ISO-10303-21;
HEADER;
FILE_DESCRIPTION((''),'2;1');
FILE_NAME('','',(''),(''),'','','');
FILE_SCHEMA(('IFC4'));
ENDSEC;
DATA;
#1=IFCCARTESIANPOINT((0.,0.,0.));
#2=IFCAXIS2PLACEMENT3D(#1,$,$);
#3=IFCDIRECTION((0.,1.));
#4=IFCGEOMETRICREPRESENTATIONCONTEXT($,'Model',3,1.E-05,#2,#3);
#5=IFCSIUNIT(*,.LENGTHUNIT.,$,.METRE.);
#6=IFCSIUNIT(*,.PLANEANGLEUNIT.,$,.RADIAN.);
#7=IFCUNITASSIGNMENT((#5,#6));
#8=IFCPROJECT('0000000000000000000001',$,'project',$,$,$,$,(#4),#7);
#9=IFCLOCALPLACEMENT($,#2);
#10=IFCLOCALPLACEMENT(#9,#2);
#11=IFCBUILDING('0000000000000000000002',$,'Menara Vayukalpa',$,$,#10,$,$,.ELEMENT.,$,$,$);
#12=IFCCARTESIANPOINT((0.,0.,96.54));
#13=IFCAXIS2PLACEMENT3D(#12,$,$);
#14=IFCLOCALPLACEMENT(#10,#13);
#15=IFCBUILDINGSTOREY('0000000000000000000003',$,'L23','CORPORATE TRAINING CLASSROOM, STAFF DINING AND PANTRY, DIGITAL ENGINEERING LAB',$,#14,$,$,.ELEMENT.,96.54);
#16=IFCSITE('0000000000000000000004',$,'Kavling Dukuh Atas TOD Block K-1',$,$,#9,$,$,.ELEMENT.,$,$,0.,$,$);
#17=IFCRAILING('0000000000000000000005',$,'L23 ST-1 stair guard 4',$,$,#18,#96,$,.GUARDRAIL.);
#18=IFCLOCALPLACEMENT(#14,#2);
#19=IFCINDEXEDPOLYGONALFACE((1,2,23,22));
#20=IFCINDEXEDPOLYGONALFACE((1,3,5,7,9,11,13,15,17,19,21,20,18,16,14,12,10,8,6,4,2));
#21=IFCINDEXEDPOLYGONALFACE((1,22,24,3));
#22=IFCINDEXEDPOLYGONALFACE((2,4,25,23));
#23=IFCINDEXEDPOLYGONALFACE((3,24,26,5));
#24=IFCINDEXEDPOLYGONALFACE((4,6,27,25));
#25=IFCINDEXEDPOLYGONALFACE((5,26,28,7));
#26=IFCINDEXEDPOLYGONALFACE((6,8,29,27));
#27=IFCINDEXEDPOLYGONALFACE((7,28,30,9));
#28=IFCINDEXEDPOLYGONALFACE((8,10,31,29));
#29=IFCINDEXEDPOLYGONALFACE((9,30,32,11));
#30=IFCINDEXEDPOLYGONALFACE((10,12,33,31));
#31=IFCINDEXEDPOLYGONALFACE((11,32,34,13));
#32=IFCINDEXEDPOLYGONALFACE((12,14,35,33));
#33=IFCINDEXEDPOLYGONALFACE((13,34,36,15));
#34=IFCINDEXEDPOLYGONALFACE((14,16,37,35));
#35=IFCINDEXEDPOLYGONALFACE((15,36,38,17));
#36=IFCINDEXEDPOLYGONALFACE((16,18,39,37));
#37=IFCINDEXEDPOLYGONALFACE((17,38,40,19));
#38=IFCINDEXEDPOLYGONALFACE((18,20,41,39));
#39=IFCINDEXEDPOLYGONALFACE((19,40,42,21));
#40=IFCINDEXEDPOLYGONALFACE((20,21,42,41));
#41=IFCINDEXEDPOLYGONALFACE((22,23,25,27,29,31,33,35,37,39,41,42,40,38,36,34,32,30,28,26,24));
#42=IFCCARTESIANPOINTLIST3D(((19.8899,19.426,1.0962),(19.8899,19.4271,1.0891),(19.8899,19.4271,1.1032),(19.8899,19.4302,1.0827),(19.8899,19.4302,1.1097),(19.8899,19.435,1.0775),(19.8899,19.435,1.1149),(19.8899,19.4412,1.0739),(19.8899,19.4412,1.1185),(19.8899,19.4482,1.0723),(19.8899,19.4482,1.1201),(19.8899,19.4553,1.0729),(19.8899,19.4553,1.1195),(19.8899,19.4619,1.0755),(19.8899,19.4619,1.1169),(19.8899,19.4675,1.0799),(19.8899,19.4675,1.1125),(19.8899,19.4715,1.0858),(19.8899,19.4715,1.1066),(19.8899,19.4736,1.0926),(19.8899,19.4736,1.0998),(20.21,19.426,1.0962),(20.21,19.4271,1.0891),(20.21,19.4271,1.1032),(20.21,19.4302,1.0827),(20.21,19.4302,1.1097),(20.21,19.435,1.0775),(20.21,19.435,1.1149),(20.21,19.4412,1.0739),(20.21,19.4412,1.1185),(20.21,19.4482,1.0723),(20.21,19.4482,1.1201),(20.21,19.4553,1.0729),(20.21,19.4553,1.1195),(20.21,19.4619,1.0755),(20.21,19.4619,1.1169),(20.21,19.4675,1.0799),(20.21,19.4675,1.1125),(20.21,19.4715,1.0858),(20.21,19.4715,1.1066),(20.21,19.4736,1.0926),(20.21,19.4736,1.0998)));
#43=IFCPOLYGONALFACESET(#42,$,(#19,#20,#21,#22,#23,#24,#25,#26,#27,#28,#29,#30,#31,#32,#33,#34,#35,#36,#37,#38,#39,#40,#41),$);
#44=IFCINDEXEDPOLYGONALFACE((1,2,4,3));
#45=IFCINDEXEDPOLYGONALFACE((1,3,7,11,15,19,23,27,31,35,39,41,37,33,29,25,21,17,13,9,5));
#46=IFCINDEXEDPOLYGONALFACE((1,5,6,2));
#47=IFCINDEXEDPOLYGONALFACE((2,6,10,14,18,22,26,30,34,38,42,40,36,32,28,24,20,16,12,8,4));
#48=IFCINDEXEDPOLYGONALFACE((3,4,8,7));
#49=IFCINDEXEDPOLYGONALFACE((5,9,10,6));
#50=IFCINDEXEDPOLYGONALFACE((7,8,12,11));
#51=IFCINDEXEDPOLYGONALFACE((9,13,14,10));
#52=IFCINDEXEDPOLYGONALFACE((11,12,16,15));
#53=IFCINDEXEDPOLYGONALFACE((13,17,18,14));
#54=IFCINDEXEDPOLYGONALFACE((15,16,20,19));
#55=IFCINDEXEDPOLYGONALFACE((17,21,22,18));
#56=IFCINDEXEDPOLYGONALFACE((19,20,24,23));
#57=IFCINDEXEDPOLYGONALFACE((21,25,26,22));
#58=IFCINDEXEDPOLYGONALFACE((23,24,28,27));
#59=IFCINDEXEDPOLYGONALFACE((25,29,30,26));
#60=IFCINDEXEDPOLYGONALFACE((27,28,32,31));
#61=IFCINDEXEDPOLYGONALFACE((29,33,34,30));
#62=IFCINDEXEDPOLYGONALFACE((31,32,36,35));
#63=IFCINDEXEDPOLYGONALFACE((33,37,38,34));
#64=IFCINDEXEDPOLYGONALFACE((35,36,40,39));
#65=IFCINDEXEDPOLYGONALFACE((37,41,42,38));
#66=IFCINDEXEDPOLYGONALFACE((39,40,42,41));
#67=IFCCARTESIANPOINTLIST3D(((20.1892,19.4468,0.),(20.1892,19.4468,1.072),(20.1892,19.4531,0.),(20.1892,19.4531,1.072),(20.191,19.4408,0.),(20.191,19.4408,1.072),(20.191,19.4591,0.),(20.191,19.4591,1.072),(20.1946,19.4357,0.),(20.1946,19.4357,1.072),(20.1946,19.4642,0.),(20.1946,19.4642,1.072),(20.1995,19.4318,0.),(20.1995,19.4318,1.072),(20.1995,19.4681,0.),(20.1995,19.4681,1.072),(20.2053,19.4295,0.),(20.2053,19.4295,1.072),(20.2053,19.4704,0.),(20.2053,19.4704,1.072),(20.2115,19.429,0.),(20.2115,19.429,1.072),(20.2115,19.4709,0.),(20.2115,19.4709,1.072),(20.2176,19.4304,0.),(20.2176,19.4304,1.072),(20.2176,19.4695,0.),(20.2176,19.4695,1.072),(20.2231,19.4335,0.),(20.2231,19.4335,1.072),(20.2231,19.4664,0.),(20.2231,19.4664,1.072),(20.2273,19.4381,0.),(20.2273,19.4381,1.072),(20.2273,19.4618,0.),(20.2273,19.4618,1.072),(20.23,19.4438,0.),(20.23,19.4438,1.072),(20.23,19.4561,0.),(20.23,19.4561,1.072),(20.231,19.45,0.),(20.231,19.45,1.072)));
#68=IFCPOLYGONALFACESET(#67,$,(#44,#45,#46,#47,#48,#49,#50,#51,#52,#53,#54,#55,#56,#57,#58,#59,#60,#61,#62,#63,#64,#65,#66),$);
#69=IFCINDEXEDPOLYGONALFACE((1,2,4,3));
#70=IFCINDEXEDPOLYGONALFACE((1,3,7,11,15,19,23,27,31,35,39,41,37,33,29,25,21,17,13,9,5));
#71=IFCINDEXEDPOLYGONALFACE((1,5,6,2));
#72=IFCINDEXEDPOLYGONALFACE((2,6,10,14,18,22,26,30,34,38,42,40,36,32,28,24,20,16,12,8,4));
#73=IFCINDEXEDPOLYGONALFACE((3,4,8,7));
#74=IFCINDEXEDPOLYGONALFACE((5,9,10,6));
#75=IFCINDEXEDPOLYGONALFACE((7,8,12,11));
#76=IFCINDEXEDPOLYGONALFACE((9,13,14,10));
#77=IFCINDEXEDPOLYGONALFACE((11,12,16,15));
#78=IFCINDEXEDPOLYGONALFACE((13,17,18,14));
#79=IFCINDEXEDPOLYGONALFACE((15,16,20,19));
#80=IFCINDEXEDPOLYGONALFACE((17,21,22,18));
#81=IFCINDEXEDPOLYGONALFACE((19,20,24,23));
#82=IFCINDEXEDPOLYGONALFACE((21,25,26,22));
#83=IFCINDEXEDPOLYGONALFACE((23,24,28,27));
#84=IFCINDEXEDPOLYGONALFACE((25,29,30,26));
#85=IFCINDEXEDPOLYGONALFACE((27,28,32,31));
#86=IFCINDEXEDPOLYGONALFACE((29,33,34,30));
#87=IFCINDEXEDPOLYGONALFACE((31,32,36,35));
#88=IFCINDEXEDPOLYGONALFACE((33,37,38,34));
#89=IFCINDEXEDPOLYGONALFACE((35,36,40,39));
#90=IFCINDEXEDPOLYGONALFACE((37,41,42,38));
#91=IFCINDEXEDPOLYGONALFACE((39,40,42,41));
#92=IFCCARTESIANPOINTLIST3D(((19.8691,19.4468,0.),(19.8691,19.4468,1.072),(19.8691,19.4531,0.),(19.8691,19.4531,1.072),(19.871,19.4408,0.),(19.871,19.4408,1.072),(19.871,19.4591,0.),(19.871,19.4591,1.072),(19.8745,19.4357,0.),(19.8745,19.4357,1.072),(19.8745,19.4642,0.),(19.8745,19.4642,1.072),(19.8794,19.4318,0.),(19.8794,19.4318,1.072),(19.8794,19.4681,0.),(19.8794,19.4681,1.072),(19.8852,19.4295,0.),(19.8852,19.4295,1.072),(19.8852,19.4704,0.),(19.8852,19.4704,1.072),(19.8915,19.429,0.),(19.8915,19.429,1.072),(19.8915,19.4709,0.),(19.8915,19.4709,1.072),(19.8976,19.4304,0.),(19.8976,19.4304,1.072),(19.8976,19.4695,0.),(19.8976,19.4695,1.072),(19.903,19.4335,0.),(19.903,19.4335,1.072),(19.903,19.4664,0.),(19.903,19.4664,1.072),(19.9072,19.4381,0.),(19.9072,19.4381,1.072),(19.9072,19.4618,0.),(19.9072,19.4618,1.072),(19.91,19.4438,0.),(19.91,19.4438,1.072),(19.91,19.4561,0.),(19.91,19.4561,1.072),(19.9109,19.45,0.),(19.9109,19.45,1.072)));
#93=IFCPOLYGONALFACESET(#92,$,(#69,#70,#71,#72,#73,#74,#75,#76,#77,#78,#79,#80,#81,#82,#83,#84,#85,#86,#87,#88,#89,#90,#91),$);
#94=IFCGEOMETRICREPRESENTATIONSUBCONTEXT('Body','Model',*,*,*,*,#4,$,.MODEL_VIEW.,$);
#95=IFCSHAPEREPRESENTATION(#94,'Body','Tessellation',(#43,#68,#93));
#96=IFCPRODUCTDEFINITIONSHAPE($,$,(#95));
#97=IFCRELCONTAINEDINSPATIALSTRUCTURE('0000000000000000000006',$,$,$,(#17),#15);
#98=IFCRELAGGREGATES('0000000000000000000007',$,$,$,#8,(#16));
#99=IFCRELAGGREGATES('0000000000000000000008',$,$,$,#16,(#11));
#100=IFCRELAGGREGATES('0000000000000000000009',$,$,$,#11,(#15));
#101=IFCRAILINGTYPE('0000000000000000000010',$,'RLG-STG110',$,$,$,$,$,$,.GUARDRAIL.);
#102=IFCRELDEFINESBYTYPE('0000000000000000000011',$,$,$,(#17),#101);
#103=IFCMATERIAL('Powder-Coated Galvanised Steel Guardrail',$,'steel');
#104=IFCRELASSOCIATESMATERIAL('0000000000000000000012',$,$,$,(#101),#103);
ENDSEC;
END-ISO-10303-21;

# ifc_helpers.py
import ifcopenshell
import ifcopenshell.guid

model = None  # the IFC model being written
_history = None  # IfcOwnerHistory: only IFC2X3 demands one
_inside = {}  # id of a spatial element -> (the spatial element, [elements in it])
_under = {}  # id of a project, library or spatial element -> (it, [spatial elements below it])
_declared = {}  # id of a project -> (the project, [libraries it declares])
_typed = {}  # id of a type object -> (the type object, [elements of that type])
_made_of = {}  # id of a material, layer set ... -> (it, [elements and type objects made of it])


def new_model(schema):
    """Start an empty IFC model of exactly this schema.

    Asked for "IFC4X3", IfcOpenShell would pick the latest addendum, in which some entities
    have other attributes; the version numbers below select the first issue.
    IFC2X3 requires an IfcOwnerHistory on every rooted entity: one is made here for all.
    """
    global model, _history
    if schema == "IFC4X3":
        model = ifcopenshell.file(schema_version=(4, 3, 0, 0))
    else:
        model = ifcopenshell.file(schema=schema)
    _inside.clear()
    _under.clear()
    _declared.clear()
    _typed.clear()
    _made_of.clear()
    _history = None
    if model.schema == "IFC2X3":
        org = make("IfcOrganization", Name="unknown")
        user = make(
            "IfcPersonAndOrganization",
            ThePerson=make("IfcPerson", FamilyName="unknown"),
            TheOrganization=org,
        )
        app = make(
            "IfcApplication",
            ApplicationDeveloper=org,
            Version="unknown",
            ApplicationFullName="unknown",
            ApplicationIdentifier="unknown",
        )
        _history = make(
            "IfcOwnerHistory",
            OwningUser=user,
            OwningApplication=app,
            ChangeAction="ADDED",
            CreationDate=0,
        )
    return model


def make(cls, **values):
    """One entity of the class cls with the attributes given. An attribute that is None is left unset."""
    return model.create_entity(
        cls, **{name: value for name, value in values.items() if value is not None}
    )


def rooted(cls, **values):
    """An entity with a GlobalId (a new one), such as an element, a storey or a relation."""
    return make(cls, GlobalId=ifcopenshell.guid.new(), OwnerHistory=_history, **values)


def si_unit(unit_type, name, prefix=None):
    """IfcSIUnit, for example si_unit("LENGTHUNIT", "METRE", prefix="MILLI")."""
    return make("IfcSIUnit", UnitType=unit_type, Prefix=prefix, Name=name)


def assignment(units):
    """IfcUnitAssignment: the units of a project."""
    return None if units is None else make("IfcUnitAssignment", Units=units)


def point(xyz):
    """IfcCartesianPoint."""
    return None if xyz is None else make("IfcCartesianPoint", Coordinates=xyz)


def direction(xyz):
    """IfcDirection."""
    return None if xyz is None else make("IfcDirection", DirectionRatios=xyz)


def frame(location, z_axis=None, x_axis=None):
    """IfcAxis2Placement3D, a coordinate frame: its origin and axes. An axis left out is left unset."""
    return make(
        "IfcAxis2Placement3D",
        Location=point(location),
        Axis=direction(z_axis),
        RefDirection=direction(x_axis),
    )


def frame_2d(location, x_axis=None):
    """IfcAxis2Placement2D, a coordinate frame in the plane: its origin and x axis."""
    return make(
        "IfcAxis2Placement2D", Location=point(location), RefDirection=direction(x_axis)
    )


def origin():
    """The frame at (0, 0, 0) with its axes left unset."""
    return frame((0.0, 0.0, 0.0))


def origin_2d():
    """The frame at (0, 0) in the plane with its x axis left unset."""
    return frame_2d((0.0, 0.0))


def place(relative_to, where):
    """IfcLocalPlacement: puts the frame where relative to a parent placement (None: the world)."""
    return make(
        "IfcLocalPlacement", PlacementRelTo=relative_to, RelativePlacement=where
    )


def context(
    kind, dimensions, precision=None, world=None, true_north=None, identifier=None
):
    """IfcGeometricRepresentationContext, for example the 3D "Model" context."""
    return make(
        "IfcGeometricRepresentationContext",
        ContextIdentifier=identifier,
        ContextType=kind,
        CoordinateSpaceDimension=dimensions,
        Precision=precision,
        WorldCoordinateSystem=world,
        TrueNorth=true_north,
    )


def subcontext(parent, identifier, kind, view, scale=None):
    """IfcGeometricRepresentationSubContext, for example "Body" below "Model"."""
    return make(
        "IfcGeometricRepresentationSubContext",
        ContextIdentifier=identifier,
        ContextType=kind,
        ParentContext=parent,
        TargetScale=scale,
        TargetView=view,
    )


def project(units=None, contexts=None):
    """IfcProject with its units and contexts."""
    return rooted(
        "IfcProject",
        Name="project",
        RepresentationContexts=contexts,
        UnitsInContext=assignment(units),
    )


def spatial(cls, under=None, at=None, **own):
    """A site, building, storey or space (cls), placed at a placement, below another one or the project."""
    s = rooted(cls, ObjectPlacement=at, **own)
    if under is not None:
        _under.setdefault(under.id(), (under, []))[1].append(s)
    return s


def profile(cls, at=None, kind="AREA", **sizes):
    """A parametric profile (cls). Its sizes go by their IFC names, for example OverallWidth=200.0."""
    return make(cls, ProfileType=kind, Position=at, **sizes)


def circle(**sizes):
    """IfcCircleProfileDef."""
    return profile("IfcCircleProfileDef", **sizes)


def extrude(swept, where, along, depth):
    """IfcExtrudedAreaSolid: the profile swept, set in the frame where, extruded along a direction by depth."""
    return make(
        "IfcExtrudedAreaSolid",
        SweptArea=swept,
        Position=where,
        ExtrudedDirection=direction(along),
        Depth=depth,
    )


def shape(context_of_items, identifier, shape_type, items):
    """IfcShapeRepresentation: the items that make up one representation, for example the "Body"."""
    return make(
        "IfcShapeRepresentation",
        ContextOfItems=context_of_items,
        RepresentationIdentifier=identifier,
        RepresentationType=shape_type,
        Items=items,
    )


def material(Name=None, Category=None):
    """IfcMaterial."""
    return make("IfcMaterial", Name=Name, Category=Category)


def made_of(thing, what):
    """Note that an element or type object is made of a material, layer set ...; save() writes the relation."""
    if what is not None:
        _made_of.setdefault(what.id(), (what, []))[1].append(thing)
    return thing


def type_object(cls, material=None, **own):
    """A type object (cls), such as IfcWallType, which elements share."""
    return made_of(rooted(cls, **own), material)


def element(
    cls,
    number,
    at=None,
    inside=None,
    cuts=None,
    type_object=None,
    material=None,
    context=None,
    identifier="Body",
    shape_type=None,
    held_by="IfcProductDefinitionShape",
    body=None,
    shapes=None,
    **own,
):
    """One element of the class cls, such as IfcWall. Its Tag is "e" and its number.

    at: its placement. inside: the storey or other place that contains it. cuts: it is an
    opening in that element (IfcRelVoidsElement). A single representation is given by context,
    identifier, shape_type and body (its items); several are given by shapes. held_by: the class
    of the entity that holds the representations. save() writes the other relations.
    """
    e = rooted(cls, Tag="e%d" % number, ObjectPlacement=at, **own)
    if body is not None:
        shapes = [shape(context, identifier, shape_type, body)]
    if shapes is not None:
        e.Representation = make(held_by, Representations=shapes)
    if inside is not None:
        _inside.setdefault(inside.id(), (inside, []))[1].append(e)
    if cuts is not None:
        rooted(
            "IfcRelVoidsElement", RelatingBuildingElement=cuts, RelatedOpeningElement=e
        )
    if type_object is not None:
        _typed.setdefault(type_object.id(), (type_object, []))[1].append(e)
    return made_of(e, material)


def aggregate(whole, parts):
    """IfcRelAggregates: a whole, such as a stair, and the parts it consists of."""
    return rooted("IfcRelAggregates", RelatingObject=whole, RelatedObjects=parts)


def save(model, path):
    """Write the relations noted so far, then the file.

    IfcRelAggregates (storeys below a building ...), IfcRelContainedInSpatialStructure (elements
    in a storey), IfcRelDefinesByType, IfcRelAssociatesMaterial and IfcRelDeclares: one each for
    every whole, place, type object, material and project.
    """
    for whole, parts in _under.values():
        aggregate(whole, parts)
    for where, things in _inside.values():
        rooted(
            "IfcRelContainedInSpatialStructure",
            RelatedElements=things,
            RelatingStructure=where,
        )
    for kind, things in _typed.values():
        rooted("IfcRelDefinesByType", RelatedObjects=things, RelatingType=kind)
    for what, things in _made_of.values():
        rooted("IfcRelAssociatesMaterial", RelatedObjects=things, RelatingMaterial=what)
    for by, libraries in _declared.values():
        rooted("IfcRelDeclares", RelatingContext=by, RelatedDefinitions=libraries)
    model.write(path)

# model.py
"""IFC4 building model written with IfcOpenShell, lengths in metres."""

from ifc_helpers import new_model, si_unit, direction, frame, origin, origin_2d, place, context, subcontext, project, spatial, circle, extrude, material, type_object, element, save


model = new_model("IFC4")

# Units and contexts
model_context = context("Model", 3, precision=1e-05, world=origin(), true_north=direction((0.0, 1.0)))
body_context = subcontext(model_context, "Body", "Model", "MODEL_VIEW")
ifc_project = project(units=[si_unit("LENGTHUNIT", "METRE"), si_unit("PLANEANGLEUNIT", "RADIAN")], contexts=[model_context])

# Site, building, storey
site_placement = place(None, origin())
site = spatial("IfcSite", under=ifc_project, at=site_placement, Name="Kavling Dukuh Atas TOD Block K-1", CompositionType="ELEMENT", RefElevation=0.0)
building_placement = place(site_placement, origin())
building = spatial("IfcBuilding", under=site, at=building_placement, Name="Menara Vayukalpa", CompositionType="ELEMENT")
storey_placement = place(building_placement, frame((0.0, 0.0, 96.54)))
storey = spatial("IfcBuildingStorey", under=building, at=storey_placement, Name="L23", Description="CORPORATE TRAINING CLASSROOM, STAFF DINING AND PANTRY, DIGITAL ENGINEERING LAB", CompositionType="ELEMENT", Elevation=96.54)

# Railing
ifc_material_1 = material(Name="Powder-Coated Galvanised Steel Guardrail", Category="steel")
railing_type = type_object("IfcRailingType", Name="RLG-STG110", PredefinedType="GUARDRAIL", material=ifc_material_1)
railing_1_placement = place(storey_placement, frame((20.21, 19.45, 0.0)))
element("IfcRailing", 1, at=railing_1_placement, inside=storey, type_object=railing_type, Name="L23 ST-1 stair guard 4", PredefinedType="GUARDRAIL", context=body_context, shape_type="SweptSolid", body=[
    extrude(circle(Radius=0.0239, at=origin_2d()), frame((0.0, 0.0, 1.0962), z_axis=(-1.0, 0.0, 0.0), x_axis=(0.0, -1.0, 0.0)), (0.0, 0.0, 1.0), 0.3201),
    extrude(circle(Radius=0.021, at=origin_2d()), origin(), (0.0, 0.0, 1.0), 1.072),
    extrude(circle(Radius=0.021, at=origin_2d()), frame((-0.3201, 0.0, 0.0)), (0.0, 0.0, 1.0), 1.072),
])

save(model, "model.ifc")
